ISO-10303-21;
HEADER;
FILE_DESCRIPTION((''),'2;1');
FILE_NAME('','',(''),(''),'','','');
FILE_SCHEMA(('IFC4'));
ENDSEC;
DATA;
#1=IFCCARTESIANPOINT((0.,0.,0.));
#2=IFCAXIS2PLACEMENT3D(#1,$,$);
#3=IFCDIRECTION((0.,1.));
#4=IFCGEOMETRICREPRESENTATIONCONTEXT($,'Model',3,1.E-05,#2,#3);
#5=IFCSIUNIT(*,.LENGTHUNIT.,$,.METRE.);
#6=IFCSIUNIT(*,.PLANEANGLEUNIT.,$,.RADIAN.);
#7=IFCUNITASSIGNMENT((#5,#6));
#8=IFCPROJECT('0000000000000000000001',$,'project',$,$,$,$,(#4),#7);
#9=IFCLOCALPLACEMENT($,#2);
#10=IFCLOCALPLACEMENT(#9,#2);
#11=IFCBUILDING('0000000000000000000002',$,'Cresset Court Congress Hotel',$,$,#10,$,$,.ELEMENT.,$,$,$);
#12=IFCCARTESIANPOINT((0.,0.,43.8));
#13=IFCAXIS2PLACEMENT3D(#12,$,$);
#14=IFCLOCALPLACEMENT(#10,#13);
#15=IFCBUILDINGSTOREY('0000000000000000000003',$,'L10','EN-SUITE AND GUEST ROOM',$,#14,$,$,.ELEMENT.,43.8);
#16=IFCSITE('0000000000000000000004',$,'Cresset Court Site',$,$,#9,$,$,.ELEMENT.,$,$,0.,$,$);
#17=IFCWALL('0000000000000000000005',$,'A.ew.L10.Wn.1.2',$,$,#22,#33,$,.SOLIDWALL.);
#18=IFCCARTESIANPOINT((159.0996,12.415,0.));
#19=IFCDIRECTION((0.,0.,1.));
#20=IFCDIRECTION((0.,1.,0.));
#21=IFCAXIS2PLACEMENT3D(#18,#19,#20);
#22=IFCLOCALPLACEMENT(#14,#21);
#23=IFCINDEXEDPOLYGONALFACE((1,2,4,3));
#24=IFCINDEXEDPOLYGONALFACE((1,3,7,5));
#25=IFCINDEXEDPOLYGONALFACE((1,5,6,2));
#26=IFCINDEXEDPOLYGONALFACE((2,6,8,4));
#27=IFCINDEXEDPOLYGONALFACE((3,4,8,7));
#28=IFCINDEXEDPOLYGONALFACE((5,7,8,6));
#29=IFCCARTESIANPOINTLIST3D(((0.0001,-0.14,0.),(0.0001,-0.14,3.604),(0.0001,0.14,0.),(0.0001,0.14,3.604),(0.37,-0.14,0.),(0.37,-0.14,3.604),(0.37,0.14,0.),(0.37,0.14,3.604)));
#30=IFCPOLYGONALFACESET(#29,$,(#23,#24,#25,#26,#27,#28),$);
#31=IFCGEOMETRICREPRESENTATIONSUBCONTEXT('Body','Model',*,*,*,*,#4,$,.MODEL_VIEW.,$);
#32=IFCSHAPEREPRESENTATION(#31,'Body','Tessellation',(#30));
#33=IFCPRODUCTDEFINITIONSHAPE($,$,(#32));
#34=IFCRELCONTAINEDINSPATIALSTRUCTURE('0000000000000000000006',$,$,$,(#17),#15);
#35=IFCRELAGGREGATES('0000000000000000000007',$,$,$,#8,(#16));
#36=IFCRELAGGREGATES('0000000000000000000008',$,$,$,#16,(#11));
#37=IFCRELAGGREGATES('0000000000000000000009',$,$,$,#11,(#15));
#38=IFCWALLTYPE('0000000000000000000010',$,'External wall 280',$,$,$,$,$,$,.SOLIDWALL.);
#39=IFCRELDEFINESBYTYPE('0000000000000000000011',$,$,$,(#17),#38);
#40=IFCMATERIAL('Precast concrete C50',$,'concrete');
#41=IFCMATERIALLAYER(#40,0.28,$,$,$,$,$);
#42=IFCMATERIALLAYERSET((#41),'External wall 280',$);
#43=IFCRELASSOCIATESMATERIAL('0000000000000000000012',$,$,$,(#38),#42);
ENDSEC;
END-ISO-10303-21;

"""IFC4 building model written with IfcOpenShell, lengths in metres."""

from ifc_helpers import new_model, si_unit, direction, frame, frame_2d, origin, place, context, subcontext, project, spatial, rectangle, extrude, material, layer, layer_set, type_object, element, save


model = new_model("IFC4")

# Units and contexts
model_context = context("Model", 3, precision=1e-05, world=origin(), true_north=direction((0.0, 1.0)))
body_context = subcontext(model_context, "Body", "Model", "MODEL_VIEW")
ifc_project = project(units=[si_unit("LENGTHUNIT", "METRE"), si_unit("PLANEANGLEUNIT", "RADIAN")], contexts=[model_context])

# Site, building, storey
site_placement = place(None, origin())
site = spatial("IfcSite", under=ifc_project, at=site_placement, Name="Cresset Court Site", CompositionType="ELEMENT", RefElevation=0.0)
building_placement = place(site_placement, origin())
building = spatial("IfcBuilding", under=site, at=building_placement, Name="Cresset Court Congress Hotel", CompositionType="ELEMENT")
storey_placement = place(building_placement, frame((0.0, 0.0, 43.8)))
storey = spatial("IfcBuildingStorey", under=building, at=storey_placement, Name="L10", Description="EN-SUITE AND GUEST ROOM", CompositionType="ELEMENT", Elevation=43.8)

# Shared definitions
ifc_material_1 = material(Name="Precast concrete C50", Category="concrete")
ifc_layer_1 = layer(ifc_material_1, 0.28)
ifc_layer_set_1 = layer_set([ifc_layer_1], Name="External wall 280")
wall_type_1 = type_object("IfcWallType", Name="External wall 280", PredefinedType="SOLIDWALL", material=ifc_layer_set_1)

# Wall
wall_1_placement = place(storey_placement, frame((159.0996, 12.415, 0.0), z_axis=(0.0, 0.0, 1.0), x_axis=(0.0, 1.0, 0.0)))
element("IfcWall", 1, at=wall_1_placement, inside=storey, type_object=wall_type_1, Name="A.ew.L10.Wn.1.2", PredefinedType="SOLIDWALL", context=body_context, shape_type="SweptSolid", body=[
    extrude(rectangle(XDim=0.3699, YDim=0.28, at=frame_2d((0.1851, 0.0))), origin(), (0.0, 0.0, 1.0), 3.604),
])

save(model, "model.ifc")
